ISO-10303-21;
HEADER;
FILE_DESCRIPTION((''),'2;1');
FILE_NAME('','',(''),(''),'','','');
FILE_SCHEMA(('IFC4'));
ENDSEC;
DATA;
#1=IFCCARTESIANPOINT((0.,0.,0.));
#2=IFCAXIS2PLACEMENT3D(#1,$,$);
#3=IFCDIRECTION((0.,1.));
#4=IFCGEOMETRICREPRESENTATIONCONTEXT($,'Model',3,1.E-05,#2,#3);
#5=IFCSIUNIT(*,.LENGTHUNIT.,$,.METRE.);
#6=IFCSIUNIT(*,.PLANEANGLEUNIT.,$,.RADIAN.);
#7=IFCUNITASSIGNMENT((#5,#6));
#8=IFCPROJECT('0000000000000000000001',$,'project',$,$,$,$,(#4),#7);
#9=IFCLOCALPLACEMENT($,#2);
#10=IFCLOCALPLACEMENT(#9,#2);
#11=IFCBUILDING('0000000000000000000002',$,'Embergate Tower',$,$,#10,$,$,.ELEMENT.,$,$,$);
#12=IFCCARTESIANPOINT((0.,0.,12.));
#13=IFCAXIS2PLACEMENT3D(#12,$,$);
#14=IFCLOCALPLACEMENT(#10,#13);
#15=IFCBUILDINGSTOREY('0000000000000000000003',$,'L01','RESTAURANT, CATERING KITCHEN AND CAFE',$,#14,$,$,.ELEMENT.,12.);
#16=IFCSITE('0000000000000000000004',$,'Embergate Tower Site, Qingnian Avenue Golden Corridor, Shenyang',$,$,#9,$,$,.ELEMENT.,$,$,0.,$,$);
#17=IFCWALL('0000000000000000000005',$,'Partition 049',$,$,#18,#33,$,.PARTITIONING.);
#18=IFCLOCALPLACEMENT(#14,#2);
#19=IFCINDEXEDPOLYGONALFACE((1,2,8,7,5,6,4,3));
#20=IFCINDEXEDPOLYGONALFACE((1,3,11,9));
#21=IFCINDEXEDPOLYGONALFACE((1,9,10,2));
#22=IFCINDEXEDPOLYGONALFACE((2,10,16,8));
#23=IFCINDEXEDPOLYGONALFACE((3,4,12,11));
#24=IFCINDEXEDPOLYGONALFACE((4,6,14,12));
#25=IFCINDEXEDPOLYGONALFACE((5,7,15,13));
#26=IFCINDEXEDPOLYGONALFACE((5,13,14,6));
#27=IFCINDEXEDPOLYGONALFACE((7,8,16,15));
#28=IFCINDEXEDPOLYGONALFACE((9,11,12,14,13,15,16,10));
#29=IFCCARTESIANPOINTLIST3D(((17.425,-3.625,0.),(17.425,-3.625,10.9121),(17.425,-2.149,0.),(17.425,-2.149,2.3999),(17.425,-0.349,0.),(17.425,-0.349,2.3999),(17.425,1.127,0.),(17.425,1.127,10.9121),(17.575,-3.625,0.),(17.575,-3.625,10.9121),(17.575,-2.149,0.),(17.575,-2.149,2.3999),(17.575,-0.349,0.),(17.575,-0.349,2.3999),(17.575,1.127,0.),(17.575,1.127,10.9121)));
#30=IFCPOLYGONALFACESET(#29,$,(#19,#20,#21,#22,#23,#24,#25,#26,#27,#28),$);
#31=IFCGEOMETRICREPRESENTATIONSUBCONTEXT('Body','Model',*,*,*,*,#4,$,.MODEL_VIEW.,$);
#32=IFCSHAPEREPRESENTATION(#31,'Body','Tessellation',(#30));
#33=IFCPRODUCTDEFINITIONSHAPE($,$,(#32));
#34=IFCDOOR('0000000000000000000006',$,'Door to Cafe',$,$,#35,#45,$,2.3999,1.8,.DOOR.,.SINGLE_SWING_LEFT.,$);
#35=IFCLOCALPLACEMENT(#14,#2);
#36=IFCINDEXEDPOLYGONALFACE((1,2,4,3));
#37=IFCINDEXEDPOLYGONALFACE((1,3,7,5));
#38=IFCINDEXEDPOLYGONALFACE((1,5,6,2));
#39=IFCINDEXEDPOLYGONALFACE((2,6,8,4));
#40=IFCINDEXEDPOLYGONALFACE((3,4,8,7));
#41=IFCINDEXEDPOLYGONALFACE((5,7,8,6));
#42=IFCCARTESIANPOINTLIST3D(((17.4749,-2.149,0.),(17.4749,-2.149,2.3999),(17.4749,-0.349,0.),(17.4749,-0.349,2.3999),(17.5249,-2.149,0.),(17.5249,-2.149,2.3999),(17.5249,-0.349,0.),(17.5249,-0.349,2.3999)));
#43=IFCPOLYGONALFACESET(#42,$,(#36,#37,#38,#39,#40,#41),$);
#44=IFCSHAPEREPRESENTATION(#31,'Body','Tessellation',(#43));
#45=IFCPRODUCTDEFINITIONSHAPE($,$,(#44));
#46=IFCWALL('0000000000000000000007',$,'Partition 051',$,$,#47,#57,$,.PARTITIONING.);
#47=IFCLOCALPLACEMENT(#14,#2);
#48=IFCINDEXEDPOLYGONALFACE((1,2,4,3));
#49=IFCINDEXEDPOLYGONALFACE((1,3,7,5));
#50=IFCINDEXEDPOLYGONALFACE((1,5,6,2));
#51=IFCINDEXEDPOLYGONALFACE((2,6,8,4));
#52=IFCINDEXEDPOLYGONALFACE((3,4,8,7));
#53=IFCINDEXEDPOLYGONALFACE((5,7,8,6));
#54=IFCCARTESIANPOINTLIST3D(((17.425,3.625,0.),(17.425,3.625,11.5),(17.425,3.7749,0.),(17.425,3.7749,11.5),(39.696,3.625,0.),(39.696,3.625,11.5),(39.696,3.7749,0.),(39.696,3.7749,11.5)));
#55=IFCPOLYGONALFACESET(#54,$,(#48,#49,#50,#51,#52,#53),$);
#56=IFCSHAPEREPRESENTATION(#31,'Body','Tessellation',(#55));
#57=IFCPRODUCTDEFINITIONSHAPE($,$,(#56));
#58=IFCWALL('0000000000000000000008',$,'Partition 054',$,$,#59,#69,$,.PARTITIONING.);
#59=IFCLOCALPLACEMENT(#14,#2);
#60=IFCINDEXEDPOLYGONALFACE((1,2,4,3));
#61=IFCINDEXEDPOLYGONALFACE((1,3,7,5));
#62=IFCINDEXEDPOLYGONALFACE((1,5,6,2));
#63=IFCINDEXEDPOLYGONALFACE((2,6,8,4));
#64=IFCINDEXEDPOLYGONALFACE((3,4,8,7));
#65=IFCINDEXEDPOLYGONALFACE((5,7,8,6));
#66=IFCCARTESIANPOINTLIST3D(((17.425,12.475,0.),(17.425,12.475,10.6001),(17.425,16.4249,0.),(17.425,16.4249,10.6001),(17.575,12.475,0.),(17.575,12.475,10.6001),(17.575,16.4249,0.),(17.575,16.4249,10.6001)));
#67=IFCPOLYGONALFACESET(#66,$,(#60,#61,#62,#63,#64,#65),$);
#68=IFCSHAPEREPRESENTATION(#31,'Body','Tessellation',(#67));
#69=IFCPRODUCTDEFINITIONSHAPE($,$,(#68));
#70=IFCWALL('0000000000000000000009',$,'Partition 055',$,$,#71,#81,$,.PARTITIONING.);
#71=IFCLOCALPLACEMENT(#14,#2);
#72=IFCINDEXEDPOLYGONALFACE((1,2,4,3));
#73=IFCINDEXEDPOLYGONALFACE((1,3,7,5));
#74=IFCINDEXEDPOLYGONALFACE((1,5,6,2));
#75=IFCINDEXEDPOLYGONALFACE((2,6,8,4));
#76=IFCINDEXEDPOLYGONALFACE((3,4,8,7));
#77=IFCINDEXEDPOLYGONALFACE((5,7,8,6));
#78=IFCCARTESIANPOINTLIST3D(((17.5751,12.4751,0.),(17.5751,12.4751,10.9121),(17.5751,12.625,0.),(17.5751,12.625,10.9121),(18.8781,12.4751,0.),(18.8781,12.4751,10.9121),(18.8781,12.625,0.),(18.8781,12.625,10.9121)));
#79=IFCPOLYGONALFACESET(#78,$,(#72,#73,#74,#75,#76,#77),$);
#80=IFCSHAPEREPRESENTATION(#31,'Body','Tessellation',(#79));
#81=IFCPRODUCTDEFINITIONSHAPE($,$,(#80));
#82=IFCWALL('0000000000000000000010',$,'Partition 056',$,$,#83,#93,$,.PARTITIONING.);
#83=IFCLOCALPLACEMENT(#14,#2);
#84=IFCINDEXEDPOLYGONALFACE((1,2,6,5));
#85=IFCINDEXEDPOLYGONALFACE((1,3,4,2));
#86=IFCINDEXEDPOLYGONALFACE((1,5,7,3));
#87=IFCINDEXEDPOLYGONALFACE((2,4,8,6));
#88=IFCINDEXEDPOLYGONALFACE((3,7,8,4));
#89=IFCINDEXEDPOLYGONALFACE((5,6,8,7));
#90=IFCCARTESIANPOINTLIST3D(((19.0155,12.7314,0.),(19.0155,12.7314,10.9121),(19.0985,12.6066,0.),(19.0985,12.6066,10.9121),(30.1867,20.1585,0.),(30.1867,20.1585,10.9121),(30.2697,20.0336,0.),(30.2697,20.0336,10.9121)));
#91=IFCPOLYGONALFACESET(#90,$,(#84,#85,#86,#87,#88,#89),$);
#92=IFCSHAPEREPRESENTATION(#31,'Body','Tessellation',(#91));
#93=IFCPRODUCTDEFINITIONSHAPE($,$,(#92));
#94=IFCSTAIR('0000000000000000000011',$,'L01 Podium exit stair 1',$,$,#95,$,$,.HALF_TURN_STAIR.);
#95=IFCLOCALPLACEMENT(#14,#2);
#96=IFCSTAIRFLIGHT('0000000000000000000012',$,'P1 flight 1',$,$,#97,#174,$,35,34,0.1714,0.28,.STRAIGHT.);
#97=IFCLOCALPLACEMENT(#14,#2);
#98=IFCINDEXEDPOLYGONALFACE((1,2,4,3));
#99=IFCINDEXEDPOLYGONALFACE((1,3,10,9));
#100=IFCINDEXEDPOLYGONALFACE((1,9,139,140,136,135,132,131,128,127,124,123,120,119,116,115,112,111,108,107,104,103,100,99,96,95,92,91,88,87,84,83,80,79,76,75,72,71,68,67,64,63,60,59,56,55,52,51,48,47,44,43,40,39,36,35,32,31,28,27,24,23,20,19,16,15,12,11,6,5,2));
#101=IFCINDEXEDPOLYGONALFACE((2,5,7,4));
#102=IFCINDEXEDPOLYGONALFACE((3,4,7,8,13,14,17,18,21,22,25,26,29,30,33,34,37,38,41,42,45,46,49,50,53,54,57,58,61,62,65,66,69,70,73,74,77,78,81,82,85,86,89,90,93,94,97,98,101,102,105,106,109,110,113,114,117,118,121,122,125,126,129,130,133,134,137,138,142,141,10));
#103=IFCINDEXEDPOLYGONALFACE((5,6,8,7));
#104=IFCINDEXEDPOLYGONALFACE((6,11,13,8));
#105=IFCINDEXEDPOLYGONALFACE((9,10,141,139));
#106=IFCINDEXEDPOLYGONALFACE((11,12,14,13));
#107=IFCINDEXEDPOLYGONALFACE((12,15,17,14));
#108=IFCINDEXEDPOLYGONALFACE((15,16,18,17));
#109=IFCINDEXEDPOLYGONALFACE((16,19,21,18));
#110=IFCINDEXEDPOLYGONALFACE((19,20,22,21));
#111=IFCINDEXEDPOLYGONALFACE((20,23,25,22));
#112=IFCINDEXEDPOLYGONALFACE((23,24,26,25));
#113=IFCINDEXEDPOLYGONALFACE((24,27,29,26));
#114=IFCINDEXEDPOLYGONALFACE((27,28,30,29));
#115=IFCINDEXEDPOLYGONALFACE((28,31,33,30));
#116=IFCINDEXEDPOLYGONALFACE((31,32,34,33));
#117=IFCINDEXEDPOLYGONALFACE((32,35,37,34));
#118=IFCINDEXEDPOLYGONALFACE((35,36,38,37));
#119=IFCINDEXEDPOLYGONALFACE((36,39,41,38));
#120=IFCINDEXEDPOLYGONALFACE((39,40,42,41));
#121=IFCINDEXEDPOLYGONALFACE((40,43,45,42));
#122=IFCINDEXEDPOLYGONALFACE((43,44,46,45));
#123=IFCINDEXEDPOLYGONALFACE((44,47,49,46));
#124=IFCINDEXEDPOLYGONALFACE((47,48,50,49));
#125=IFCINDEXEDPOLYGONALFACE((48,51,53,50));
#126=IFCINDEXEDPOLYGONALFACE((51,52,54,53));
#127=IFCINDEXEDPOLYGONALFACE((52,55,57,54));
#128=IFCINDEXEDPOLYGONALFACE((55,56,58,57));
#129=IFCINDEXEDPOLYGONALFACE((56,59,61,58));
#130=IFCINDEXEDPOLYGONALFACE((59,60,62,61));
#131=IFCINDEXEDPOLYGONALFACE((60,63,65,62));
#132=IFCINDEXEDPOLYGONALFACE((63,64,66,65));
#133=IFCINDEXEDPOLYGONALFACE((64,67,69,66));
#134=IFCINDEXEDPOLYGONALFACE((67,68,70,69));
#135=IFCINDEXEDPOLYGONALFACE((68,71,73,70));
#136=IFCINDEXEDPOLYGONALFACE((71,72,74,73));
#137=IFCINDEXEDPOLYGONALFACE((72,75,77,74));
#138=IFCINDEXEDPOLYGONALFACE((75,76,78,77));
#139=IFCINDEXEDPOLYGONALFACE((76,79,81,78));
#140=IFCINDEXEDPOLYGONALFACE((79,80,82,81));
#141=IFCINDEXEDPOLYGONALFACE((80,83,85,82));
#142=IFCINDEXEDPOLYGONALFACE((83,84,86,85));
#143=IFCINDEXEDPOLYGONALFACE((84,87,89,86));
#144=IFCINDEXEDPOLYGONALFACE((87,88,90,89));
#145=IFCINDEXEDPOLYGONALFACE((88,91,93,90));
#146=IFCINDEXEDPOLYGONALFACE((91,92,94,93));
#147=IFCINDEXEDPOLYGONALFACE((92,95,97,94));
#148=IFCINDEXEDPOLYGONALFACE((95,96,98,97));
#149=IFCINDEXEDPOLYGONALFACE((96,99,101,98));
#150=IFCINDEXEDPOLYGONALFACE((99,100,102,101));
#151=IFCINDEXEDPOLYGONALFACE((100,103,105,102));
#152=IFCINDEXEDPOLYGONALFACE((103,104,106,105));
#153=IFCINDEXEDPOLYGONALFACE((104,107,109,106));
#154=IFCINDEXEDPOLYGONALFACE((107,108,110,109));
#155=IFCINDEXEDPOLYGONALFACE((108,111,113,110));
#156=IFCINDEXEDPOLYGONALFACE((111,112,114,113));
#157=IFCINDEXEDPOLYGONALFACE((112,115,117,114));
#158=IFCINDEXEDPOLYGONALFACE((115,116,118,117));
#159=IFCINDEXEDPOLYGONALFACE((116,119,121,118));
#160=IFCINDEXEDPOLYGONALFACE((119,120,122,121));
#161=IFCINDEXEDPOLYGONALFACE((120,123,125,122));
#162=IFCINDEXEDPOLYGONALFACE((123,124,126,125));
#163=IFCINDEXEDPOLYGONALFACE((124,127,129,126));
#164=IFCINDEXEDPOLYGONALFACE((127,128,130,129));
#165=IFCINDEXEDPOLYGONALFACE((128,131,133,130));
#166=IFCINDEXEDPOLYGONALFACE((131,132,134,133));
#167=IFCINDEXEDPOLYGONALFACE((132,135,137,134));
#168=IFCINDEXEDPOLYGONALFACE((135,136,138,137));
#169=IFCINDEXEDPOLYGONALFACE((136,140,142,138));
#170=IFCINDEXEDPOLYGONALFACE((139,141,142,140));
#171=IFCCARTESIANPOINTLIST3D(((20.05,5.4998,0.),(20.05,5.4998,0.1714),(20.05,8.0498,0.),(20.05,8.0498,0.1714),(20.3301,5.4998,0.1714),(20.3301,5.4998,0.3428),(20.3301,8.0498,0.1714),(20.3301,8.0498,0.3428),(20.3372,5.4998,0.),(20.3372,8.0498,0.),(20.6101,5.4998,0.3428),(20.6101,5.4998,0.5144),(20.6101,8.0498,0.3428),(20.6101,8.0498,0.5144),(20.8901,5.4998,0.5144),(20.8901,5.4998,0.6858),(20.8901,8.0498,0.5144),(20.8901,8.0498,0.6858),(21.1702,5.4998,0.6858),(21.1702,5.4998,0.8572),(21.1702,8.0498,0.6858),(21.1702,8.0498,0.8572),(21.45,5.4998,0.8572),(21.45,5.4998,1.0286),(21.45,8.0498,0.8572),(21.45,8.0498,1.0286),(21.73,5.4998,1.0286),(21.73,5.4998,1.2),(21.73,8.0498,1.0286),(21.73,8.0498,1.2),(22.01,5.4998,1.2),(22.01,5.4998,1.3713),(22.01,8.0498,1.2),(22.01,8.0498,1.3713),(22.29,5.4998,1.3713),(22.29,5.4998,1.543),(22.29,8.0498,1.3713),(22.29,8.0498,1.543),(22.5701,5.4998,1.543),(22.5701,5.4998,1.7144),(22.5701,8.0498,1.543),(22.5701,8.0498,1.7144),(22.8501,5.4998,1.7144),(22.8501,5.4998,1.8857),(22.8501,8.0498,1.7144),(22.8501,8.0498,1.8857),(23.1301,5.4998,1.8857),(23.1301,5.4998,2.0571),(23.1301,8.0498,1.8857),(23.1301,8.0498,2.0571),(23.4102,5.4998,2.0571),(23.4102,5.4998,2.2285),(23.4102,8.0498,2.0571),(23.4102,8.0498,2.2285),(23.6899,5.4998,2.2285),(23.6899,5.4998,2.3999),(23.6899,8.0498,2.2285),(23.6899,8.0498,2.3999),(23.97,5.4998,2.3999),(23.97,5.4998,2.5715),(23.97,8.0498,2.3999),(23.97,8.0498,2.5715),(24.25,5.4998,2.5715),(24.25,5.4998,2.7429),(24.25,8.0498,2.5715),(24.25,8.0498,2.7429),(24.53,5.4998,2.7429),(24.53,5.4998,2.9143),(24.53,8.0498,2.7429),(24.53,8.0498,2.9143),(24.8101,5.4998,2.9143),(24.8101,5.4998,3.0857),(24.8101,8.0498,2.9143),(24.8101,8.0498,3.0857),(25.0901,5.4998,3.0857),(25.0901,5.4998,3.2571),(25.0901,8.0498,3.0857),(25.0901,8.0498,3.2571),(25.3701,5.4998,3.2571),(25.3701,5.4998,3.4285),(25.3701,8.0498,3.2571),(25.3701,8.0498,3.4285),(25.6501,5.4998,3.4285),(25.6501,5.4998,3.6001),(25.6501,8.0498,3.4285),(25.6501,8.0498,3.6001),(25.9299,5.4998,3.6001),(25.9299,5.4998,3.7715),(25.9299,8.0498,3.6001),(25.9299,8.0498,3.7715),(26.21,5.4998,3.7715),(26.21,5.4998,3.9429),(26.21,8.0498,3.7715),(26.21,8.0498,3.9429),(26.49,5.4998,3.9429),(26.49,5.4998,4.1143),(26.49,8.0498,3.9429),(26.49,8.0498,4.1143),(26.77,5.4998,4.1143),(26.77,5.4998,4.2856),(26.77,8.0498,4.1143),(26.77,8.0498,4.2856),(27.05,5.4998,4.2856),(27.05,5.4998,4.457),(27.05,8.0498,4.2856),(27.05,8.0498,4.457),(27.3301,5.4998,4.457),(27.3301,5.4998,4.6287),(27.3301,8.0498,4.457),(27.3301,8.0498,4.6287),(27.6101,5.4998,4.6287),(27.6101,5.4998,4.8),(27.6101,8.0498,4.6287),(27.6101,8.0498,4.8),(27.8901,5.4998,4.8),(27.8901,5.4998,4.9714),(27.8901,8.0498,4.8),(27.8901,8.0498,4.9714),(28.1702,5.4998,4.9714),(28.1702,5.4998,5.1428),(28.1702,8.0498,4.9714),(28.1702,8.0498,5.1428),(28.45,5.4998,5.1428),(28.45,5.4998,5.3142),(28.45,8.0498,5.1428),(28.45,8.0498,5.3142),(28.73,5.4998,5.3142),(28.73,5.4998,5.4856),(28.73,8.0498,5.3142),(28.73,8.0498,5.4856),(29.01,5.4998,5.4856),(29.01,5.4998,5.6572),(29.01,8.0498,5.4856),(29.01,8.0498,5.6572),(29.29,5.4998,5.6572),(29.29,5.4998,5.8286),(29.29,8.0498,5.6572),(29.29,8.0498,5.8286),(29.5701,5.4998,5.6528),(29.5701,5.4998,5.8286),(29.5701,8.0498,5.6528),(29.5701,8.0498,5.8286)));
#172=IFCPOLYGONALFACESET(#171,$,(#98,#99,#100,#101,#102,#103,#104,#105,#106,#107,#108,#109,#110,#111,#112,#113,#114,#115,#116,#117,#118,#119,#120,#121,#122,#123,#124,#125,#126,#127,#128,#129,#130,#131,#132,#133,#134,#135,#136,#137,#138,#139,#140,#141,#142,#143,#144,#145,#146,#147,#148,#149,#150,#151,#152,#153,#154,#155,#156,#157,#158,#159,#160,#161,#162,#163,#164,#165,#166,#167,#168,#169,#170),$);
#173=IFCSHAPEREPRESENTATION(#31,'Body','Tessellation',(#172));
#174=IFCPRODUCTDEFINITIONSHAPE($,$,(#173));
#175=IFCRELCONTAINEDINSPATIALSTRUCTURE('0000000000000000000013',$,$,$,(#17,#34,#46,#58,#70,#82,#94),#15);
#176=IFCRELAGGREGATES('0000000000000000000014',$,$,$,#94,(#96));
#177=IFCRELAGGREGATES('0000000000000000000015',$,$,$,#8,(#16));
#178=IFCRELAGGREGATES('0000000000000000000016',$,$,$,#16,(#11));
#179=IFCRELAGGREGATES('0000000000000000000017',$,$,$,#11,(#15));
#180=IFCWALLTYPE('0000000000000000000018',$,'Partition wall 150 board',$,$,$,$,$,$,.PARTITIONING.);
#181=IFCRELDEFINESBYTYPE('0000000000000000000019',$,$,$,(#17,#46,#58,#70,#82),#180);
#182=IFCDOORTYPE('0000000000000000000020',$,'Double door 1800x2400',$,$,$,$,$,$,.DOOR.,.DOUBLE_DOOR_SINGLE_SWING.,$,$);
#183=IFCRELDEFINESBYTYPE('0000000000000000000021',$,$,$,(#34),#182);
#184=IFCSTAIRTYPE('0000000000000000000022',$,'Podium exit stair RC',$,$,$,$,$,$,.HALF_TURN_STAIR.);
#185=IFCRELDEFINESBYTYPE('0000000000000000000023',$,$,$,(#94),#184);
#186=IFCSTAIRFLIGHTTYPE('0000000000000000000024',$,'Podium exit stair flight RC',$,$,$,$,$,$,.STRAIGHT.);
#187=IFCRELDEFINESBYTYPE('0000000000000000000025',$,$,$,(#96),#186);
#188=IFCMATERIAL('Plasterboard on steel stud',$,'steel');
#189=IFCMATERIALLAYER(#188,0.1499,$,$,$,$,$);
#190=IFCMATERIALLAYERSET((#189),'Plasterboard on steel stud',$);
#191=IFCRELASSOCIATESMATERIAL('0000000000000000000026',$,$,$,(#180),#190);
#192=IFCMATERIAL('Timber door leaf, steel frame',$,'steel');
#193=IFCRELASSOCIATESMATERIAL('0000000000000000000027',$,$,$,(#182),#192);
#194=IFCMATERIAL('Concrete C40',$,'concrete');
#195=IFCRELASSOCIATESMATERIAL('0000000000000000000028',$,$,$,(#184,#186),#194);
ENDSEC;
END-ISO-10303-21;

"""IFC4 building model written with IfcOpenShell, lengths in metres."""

from ifc_helpers import new_model, si_unit, direction, frame, frame_2d, origin, place, context, subcontext, project, spatial, polyline, rectangle, outline, extrude, source, transform, mapped, material, layer, layer_set, type_object, element, fill, aggregate, save


model = new_model("IFC4")

# Units and contexts
model_context = context("Model", 3, precision=1e-05, world=origin(), true_north=direction((0.0, 1.0)))
body_context = subcontext(model_context, "Body", "Model", "MODEL_VIEW")
ifc_project = project(units=[si_unit("LENGTHUNIT", "METRE"), si_unit("PLANEANGLEUNIT", "RADIAN")], contexts=[model_context])

# Site, building, storey
site_placement = place(None, origin())
site = spatial("IfcSite", under=ifc_project, at=site_placement, Name="Embergate Tower Site, Qingnian Avenue Golden Corridor, Shenyang", CompositionType="ELEMENT", RefElevation=0.0)
building_placement = place(site_placement, origin())
building = spatial("IfcBuilding", under=site, at=building_placement, Name="Embergate Tower", CompositionType="ELEMENT")
storey_placement = place(building_placement, frame((0.0, 0.0, 12.0)))
storey = spatial("IfcBuildingStorey", under=building, at=storey_placement, Name="L01", Description="RESTAURANT, CATERING KITCHEN AND CAFE", CompositionType="ELEMENT", Elevation=12.0)

# Shared definitions
ifc_material_1 = material(Name="Concrete C40", Category="concrete")

# Wall, opening, door
ifc_material_2 = material(Name="Plasterboard on steel stud", Category="steel")
ifc_layer_1 = layer(ifc_material_2, 0.1499)
ifc_layer_set_1 = layer_set([ifc_layer_1], Name="Plasterboard on steel stud")
wall_type_1 = type_object("IfcWallType", Name="Partition wall 150 board", PredefinedType="PARTITIONING", material=ifc_layer_set_1)
shared_shape_1 = source(origin(), body_context, "Body", "SweptSolid", [
    extrude(rectangle(XDim=4.752, YDim=0.1499, at=frame_2d((2.376, 0.0))), origin(), (0.0, 0.0, 1.0), 10.9121),
])
wall_1_placement = place(storey_placement, frame((17.5, 1.127, 0.0), z_axis=(0.0, 0.0, 1.0), x_axis=(0.0, -1.0, 0.0)))
wall_1 = element("IfcWall", 1, at=wall_1_placement, inside=storey, type_object=wall_type_1, Name="Partition 049", PredefinedType="PARTITIONING", context=body_context, shape_type="MappedRepresentation", body=[
    mapped(shared_shape_1, transform((0.0, 0.0, 0.0))),
])
shared_shape_2 = source(origin(), body_context, "Body", "SweptSolid", [
    extrude(rectangle(XDim=1.8, YDim=2.3999, at=frame_2d((0.8999, 1.2))), frame((0.0, 0.085, 0.0), z_axis=(0.0, -1.0, 0.0), x_axis=(1.0, 0.0, 0.0)), (0.0, 0.0, 1.0), 0.1699),
])
opening_1_placement = place(wall_1_placement, frame((1.4761, 0.0, 0.0)))
opening_1 = element("IfcOpeningElement", 2, at=opening_1_placement, cuts=wall_1, PredefinedType="OPENING", context=body_context, shape_type="MappedRepresentation", body=[
    mapped(shared_shape_2, transform((0.0, 0.0, 0.0))),
])
ifc_material_3 = material(Name="Timber door leaf, steel frame", Category="steel")
door_type_1 = type_object("IfcDoorType", Name="Double door 1800x2400", OperationType="DOUBLE_DOOR_SINGLE_SWING", PredefinedType="DOOR", material=ifc_material_3)
shared_shape_3 = source(origin(), body_context, "Body", "SweptSolid", [
    extrude(rectangle(XDim=1.8, YDim=2.3999, at=frame_2d((0.8999, 1.2))), frame((0.0, 0.0249, 0.0), z_axis=(0.0, -1.0, 0.0), x_axis=(1.0, 0.0, 0.0)), (0.0, 0.0, 1.0), 0.05),
])
door_1_placement = place(opening_1_placement, origin())
door_1 = element("IfcDoor", 3, at=door_1_placement, inside=storey, type_object=door_type_1, Name="Door to Cafe", OperationType="SINGLE_SWING_LEFT", OverallHeight=2.3999, OverallWidth=1.8, PredefinedType="DOOR", context=body_context, shape_type="MappedRepresentation", body=[
    mapped(shared_shape_3, transform((0.0, 0.0, 0.0))),
])
fill(opening_1, door_1)

# Walls
shared_shape_4 = source(origin(), body_context, "Body", "SweptSolid", [
    extrude(rectangle(XDim=22.271, YDim=0.1499, at=frame_2d((11.1355, 0.0))), origin(), (0.0, 0.0, 1.0), 11.5),
])
wall_2_placement = place(storey_placement, frame((17.425, 3.7, 0.0), z_axis=(0.0, 0.0, 1.0), x_axis=(1.0, 0.0, 0.0)))
element("IfcWall", 4, at=wall_2_placement, inside=storey, type_object=wall_type_1, Name="Partition 051", PredefinedType="PARTITIONING", context=body_context, shape_type="MappedRepresentation", body=[
    mapped(shared_shape_4, transform((0.0, 0.0, 0.0))),
])
shared_shape_5 = source(origin(), body_context, "Body", "SweptSolid", [
    extrude(rectangle(XDim=3.95, YDim=0.1499, at=frame_2d((1.9751, 0.0))), origin(), (0.0, 0.0, 1.0), 10.6001),
])
wall_3_placement = place(storey_placement, frame((17.5, 16.425, 0.0), z_axis=(0.0, 0.0, 1.0), x_axis=(0.0, -1.0, 0.0)))
element("IfcWall", 5, at=wall_3_placement, inside=storey, type_object=wall_type_1, Name="Partition 054", PredefinedType="PARTITIONING", context=body_context, shape_type="MappedRepresentation", body=[
    mapped(shared_shape_5, transform((0.0, 0.0, 0.0))),
])
shared_shape_6 = source(origin(), body_context, "Body", "SweptSolid", [
    extrude(rectangle(XDim=1.303, YDim=0.1499, at=frame_2d((0.6514, 0.0))), origin(), (0.0, 0.0, 1.0), 10.9121),
])
wall_4_placement = place(storey_placement, frame((18.8779, 12.55, 0.0), z_axis=(0.0, 0.0, 1.0), x_axis=(-1.0, 0.0, 0.0)))
element("IfcWall", 6, at=wall_4_placement, inside=storey, type_object=wall_type_1, Name="Partition 055", PredefinedType="PARTITIONING", context=body_context, shape_type="MappedRepresentation", body=[
    mapped(shared_shape_6, transform((0.0, 0.0, 0.0))),
])
shared_shape_7 = source(origin(), body_context, "Body", "SweptSolid", [
    extrude(rectangle(XDim=13.4148, YDim=0.1499, at=frame_2d((6.7075, 0.0))), origin(), (0.0, 0.0, 1.0), 10.9121),
])
wall_5_placement = place(storey_placement, frame((19.0569, 12.6689, 0.0), z_axis=(0.0, 0.0, 1.0), x_axis=(0.832752, 0.553646, 0.0)))
element("IfcWall", 7, at=wall_5_placement, inside=storey, type_object=wall_type_1, Name="Partition 056", PredefinedType="PARTITIONING", context=body_context, shape_type="MappedRepresentation", body=[
    mapped(shared_shape_7, transform((0.0, 0.0, 0.0))),
])

# Stair, stair flight
stair_type = type_object("IfcStairType", Name="Podium exit stair RC", PredefinedType="HALF_TURN_STAIR", material=ifc_material_1)
stair_placement = place(storey_placement, origin())
stair = element("IfcStair", 8, at=stair_placement, inside=storey, type_object=stair_type, Name="L01 Podium exit stair 1", PredefinedType="HALF_TURN_STAIR")
stair_flight_type = type_object("IfcStairFlightType", Name="Podium exit stair flight RC", PredefinedType="STRAIGHT", material=ifc_material_1)
shared_shape_8 = source(origin(), body_context, "Body", "SweptSolid", [
    extrude(outline(polyline([(0.0, 0.0), (0.0, 0.1714), (0.28, 0.1714), (0.28, 0.3428), (0.5601, 0.3428), (0.5601, 0.5144), (0.8401, 0.5144), (0.8401, 0.6858), (1.1201, 0.6858), (1.1201, 0.8572), (1.3999, 0.8572), (1.3999, 1.0286), (1.6799, 1.0286), (1.6799, 1.2), (1.96, 1.2), (1.96, 1.3713), (2.24, 1.3713), (2.24, 1.543), (2.52, 1.543), (2.52, 1.7144), (2.8, 1.7144), (2.8, 1.8857), (3.0801, 1.8857), (3.0801, 2.0571), (3.3601, 2.0571), (3.3601, 2.2285), (3.6399, 2.2285), (3.6399, 2.3999), (3.9199, 2.3999), (3.9199, 2.5715), (4.2, 2.5715), (4.2, 2.7429), (4.48, 2.7429), (4.48, 2.9143), (4.76, 2.9143), (4.76, 3.0857), (5.04, 3.0857), (5.04, 3.2571), (5.3201, 3.2571), (5.3201, 3.4285), (5.6001, 3.4285), (5.6001, 3.6001), (5.8799, 3.6001), (5.8799, 3.7715), (6.1599, 3.7715), (6.1599, 3.9429), (6.4399, 3.9429), (6.4399, 4.1143), (6.72, 4.1143), (6.72, 4.2856), (7.0, 4.2856), (7.0, 4.457), (7.28, 4.457), (7.28, 4.6287), (7.5601, 4.6287), (7.5601, 4.8), (7.8401, 4.8), (7.8401, 4.9714), (8.1201, 4.9714), (8.1201, 5.1428), (8.3999, 5.1428), (8.3999, 5.3142), (8.6799, 5.3142), (8.6799, 5.4856), (8.96, 5.4856), (8.96, 5.6572), (9.24, 5.6572), (9.24, 5.8286), (9.52, 5.8286), (9.52, 6.0), (9.52, 5.6528), (0.2871, 0.0), (0.0, 0.0)])), frame((0.0, 1.2749, 0.0), z_axis=(0.0, -1.0, 0.0), x_axis=(1.0, 0.0, 0.0)), (0.0, 0.0, 1.0), 2.55),
])
stair_flight_placement = place(storey_placement, frame((20.05, 6.7749, 0.0), z_axis=(0.0, 0.0, 1.0), x_axis=(1.0, 0.0, 0.0)))
stair_flight = element("IfcStairFlight", 9, at=stair_flight_placement, type_object=stair_flight_type, Name="P1 flight 1", NumberOfRisers=35, NumberOfTreads=34, PredefinedType="STRAIGHT", RiserHeight=0.1714, TreadLength=0.28, context=body_context, shape_type="MappedRepresentation", body=[
    mapped(shared_shape_8, transform((0.0, 0.0, 0.0))),
])
aggregate(stair, [stair_flight])

save(model, "model.ifc")
